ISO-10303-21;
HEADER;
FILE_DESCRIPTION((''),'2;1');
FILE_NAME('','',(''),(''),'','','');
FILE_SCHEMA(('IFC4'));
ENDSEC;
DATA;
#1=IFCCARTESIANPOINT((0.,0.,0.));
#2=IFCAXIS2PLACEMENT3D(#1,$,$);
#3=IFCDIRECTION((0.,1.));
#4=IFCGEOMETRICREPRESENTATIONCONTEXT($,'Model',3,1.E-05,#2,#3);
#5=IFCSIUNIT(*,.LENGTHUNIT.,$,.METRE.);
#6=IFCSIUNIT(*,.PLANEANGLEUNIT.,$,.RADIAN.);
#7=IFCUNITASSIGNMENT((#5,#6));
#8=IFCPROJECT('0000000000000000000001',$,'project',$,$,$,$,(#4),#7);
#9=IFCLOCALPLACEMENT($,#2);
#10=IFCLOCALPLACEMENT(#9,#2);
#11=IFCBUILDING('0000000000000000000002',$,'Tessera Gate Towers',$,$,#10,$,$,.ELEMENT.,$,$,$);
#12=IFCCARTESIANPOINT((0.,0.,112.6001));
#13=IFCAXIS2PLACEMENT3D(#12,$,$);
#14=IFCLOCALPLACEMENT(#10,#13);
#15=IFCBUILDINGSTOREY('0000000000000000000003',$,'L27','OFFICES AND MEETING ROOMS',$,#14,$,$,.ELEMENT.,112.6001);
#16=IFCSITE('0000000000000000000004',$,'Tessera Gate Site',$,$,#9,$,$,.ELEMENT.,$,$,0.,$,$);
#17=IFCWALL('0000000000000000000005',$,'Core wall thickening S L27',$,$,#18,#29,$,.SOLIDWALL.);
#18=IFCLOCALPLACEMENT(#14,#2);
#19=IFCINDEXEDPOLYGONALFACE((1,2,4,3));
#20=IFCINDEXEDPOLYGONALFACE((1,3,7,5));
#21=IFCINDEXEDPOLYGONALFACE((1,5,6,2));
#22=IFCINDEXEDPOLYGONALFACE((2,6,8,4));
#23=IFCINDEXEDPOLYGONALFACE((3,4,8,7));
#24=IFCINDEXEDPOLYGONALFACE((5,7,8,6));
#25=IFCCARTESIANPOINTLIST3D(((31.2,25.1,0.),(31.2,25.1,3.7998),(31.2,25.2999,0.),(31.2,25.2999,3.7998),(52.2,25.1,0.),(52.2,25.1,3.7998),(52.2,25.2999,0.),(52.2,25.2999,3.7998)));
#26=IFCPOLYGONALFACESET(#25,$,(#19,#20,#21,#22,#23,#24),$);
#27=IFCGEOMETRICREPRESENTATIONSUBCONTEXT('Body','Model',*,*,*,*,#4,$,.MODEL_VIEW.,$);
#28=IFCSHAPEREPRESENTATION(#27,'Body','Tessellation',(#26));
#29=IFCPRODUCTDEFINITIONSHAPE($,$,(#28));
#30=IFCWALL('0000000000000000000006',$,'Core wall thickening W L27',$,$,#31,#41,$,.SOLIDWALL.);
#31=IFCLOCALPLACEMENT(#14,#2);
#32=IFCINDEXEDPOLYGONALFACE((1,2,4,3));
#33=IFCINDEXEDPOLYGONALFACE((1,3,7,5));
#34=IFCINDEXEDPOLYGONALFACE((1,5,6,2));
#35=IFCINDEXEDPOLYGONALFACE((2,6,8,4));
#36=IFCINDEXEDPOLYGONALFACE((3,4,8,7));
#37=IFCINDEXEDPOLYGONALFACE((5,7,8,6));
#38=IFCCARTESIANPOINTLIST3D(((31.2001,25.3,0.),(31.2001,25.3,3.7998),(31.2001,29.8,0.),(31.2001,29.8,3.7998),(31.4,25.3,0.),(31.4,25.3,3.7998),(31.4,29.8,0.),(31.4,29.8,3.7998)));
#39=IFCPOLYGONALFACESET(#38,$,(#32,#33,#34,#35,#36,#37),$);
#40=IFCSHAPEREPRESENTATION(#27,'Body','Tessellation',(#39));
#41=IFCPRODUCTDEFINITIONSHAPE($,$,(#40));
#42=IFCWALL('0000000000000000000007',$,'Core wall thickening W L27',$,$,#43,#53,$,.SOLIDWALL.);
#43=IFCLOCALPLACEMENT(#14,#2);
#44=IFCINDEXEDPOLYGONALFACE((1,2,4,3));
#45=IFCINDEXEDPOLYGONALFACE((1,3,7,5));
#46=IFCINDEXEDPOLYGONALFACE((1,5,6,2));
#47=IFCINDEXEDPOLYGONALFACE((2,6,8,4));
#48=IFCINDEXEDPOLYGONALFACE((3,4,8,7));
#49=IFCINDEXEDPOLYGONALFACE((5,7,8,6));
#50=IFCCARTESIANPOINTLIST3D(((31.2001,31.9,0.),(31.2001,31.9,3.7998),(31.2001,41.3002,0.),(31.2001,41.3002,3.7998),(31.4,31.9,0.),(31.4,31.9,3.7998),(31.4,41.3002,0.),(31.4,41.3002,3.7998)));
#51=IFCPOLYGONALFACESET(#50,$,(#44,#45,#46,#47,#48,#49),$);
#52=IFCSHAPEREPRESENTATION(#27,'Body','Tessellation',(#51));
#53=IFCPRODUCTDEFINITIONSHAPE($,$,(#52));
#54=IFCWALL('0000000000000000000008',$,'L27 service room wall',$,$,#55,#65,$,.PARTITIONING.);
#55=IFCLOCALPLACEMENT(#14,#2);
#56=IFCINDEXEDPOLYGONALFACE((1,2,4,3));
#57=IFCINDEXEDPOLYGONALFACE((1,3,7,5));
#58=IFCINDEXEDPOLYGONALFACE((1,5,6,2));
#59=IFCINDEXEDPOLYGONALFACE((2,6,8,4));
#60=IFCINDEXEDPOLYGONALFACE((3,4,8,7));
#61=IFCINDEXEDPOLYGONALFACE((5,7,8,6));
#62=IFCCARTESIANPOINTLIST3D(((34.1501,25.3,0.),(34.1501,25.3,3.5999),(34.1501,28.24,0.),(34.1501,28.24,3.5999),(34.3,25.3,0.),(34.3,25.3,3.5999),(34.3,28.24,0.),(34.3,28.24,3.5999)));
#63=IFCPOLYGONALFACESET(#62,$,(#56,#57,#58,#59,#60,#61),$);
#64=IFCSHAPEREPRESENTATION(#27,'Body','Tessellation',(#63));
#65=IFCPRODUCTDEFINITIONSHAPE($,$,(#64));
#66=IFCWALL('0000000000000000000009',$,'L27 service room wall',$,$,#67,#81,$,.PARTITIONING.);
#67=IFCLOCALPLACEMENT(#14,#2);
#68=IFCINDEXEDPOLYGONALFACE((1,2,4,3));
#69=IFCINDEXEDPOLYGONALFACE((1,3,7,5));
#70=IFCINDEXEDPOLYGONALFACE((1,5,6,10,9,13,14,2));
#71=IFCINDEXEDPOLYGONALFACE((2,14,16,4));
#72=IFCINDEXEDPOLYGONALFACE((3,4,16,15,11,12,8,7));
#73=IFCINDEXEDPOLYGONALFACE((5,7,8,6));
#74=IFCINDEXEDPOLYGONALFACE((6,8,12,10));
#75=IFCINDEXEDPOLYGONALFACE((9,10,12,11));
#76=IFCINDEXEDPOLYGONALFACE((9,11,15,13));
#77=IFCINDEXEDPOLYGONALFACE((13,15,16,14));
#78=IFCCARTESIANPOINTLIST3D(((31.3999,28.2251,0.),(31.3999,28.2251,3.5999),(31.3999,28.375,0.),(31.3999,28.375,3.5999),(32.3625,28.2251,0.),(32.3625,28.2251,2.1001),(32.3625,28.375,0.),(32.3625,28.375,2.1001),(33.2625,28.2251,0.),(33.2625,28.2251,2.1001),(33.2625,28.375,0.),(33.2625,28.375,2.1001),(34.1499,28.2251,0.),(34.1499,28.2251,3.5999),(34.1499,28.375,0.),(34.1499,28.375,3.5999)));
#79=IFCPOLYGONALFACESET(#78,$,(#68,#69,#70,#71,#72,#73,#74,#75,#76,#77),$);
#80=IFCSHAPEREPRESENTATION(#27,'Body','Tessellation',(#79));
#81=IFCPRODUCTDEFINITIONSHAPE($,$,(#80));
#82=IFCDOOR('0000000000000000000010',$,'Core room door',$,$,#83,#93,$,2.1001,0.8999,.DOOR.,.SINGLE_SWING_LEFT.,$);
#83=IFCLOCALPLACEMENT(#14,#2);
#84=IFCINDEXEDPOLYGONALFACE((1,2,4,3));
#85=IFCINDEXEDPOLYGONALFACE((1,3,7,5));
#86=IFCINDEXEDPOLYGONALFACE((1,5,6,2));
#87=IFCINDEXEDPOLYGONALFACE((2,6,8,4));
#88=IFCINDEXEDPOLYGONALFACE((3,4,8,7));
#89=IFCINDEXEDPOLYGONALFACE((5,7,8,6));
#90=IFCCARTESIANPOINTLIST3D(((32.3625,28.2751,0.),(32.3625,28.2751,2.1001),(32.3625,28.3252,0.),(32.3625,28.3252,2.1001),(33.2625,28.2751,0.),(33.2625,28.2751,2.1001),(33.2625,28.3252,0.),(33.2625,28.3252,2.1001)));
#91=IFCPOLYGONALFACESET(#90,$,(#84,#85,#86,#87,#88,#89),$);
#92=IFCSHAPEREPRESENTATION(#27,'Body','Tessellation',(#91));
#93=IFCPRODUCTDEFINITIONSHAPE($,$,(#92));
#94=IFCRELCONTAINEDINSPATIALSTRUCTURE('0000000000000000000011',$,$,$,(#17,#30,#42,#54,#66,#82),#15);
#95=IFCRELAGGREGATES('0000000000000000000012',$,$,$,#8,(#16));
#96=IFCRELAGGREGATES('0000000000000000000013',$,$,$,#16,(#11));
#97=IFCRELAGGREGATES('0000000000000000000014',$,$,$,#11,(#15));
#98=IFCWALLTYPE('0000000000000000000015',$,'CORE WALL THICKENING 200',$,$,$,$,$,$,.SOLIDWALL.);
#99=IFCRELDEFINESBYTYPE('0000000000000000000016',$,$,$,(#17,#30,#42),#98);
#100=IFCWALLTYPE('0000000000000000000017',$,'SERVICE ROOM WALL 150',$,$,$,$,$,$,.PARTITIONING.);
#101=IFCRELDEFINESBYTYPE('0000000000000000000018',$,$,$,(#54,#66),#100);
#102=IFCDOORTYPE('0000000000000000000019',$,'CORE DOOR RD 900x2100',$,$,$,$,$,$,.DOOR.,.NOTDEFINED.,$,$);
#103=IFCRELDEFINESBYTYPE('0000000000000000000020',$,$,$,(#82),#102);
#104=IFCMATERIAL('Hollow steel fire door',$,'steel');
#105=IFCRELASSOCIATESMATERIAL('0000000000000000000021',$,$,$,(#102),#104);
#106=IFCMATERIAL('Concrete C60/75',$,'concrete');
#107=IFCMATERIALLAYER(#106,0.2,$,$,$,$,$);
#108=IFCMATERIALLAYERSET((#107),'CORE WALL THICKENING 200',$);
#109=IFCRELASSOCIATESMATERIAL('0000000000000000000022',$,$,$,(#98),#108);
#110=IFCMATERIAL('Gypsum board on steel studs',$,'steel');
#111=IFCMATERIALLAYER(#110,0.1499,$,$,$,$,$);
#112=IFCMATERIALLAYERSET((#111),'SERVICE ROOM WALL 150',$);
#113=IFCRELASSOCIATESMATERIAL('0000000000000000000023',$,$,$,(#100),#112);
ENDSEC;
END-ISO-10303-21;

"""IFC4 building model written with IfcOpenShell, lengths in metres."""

from ifc_helpers import new_model, si_unit, direction, frame, frame_2d, origin, place, context, subcontext, project, spatial, rectangle, extrude, source, transform, mapped, material, layer, layer_set, type_object, element, fill, save


model = new_model("IFC4")

# Units and contexts
model_context = context("Model", 3, precision=1e-05, world=origin(), true_north=direction((0.0, 1.0)))
body_context = subcontext(model_context, "Body", "Model", "MODEL_VIEW")
ifc_project = project(units=[si_unit("LENGTHUNIT", "METRE"), si_unit("PLANEANGLEUNIT", "RADIAN")], contexts=[model_context])

# Site, building, storey
site_placement = place(None, origin())
site = spatial("IfcSite", under=ifc_project, at=site_placement, Name="Tessera Gate Site", CompositionType="ELEMENT", RefElevation=0.0)
building_placement = place(site_placement, origin())
building = spatial("IfcBuilding", under=site, at=building_placement, Name="Tessera Gate Towers", CompositionType="ELEMENT")
storey_placement = place(building_placement, frame((0.0, 0.0, 112.6001)))
storey = spatial("IfcBuildingStorey", under=building, at=storey_placement, Name="L27", Description="OFFICES AND MEETING ROOMS", CompositionType="ELEMENT", Elevation=112.6001)

# Shared definitions
ifc_material_1 = material(Name="Hollow steel fire door", Category="steel")
door_type_1 = type_object("IfcDoorType", Name="CORE DOOR RD 900x2100", OperationType="NOTDEFINED", PredefinedType="DOOR", material=ifc_material_1)
shared_shape_1 = source(origin(), body_context, "Body", "SweptSolid", [
    extrude(rectangle(XDim=0.8999, YDim=2.1001, at=frame_2d((0.45, 1.05))), frame((0.0, 0.0249, 0.0), z_axis=(0.0, -1.0, 0.0), x_axis=(1.0, 0.0, 0.0)), (0.0, 0.0, 1.0), 0.05),
])

# Walls
ifc_material_2 = material(Name="Concrete C60/75", Category="concrete")
ifc_layer_1 = layer(ifc_material_2, 0.2)
ifc_layer_set_1 = layer_set([ifc_layer_1], Name="CORE WALL THICKENING 200")
wall_type_1 = type_object("IfcWallType", Name="CORE WALL THICKENING 200", PredefinedType="SOLIDWALL", material=ifc_layer_set_1)
wall_1_placement = place(storey_placement, frame((31.2, 25.2, 0.0), z_axis=(0.0, 0.0, 1.0), x_axis=(1.0, 0.0, 0.0)))
element("IfcWall", 1, at=wall_1_placement, inside=storey, type_object=wall_type_1, Name="Core wall thickening S L27", PredefinedType="SOLIDWALL", context=body_context, shape_type="SweptSolid", body=[
    extrude(rectangle(XDim=21.0, YDim=0.2, at=frame_2d((10.5, 0.0))), origin(), (0.0, 0.0, 1.0), 3.7998),
])
wall_2_placement = place(storey_placement, frame((31.3, 25.3, 0.0), z_axis=(0.0, 0.0, 1.0), x_axis=(0.0, 1.0, 0.0)))
element("IfcWall", 2, at=wall_2_placement, inside=storey, type_object=wall_type_1, Name="Core wall thickening W L27", PredefinedType="SOLIDWALL", context=body_context, shape_type="SweptSolid", body=[
    extrude(rectangle(XDim=4.5, YDim=0.2, at=frame_2d((2.25, 0.0))), origin(), (0.0, 0.0, 1.0), 3.7998),
])
wall_3_placement = place(storey_placement, frame((31.3, 31.8999, 0.0), z_axis=(0.0, 0.0, 1.0), x_axis=(0.0, 1.0, 0.0)))
element("IfcWall", 3, at=wall_3_placement, inside=storey, type_object=wall_type_1, Name="Core wall thickening W L27", PredefinedType="SOLIDWALL", context=body_context, shape_type="SweptSolid", body=[
    extrude(rectangle(XDim=9.4001, YDim=0.2, at=frame_2d((4.7002, 0.0))), origin(), (0.0, 0.0, 1.0), 3.7998),
])
ifc_material_3 = material(Name="Gypsum board on steel studs", Category="steel")
ifc_layer_2 = layer(ifc_material_3, 0.1499)
ifc_layer_set_2 = layer_set([ifc_layer_2], Name="SERVICE ROOM WALL 150")
wall_type_2 = type_object("IfcWallType", Name="SERVICE ROOM WALL 150", PredefinedType="PARTITIONING", material=ifc_layer_set_2)
wall_4_placement = place(storey_placement, frame((34.2251, 25.3, 0.0), z_axis=(0.0, 0.0, 1.0), x_axis=(0.0, 1.0, 0.0)))
element("IfcWall", 4, at=wall_4_placement, inside=storey, type_object=wall_type_2, Name="L27 service room wall", PredefinedType="PARTITIONING", context=body_context, shape_type="SweptSolid", body=[
    extrude(rectangle(XDim=2.9399, YDim=0.1499, at=frame_2d((1.47, 0.0))), origin(), (0.0, 0.0, 1.0), 3.5999),
])

# Wall, opening, door
wall_5_placement = place(storey_placement, frame((34.1499, 28.3, 0.0), z_axis=(0.0, 0.0, 1.0), x_axis=(-1.0, 0.0, 0.0)))
wall_5 = element("IfcWall", 5, at=wall_5_placement, inside=storey, type_object=wall_type_2, Name="L27 service room wall", PredefinedType="PARTITIONING", context=body_context, shape_type="SweptSolid", body=[
    extrude(rectangle(XDim=2.75, YDim=0.1499, at=frame_2d((1.375, 0.0))), origin(), (0.0, 0.0, 1.0), 3.5999),
])
shared_shape_2 = source(origin(), body_context, "Body", "SweptSolid", [
    extrude(rectangle(XDim=0.8999, YDim=2.1001, at=frame_2d((0.45, 1.05))), frame((0.0, 0.085, 0.0), z_axis=(0.0, -1.0, 0.0), x_axis=(1.0, 0.0, 0.0)), (0.0, 0.0, 1.0), 0.1699),
])
opening_1_placement = place(wall_5_placement, frame((0.8875, 0.0, 0.0)))
opening_1 = element("IfcOpeningElement", 6, at=opening_1_placement, cuts=wall_5, PredefinedType="OPENING", context=body_context, shape_type="MappedRepresentation", body=[
    mapped(shared_shape_2, transform((0.0, 0.0, 0.0), scale=1.0)),
])
door_1_placement = place(opening_1_placement, origin())
door_1 = element("IfcDoor", 7, at=door_1_placement, inside=storey, type_object=door_type_1, Name="Core room door", OperationType="SINGLE_SWING_LEFT", OverallHeight=2.1001, OverallWidth=0.8999, PredefinedType="DOOR", context=body_context, shape_type="MappedRepresentation", body=[
    mapped(shared_shape_1, transform((0.0, 0.0, 0.0), scale=1.0)),
])
fill(opening_1, door_1)

save(model, "model.ifc")
